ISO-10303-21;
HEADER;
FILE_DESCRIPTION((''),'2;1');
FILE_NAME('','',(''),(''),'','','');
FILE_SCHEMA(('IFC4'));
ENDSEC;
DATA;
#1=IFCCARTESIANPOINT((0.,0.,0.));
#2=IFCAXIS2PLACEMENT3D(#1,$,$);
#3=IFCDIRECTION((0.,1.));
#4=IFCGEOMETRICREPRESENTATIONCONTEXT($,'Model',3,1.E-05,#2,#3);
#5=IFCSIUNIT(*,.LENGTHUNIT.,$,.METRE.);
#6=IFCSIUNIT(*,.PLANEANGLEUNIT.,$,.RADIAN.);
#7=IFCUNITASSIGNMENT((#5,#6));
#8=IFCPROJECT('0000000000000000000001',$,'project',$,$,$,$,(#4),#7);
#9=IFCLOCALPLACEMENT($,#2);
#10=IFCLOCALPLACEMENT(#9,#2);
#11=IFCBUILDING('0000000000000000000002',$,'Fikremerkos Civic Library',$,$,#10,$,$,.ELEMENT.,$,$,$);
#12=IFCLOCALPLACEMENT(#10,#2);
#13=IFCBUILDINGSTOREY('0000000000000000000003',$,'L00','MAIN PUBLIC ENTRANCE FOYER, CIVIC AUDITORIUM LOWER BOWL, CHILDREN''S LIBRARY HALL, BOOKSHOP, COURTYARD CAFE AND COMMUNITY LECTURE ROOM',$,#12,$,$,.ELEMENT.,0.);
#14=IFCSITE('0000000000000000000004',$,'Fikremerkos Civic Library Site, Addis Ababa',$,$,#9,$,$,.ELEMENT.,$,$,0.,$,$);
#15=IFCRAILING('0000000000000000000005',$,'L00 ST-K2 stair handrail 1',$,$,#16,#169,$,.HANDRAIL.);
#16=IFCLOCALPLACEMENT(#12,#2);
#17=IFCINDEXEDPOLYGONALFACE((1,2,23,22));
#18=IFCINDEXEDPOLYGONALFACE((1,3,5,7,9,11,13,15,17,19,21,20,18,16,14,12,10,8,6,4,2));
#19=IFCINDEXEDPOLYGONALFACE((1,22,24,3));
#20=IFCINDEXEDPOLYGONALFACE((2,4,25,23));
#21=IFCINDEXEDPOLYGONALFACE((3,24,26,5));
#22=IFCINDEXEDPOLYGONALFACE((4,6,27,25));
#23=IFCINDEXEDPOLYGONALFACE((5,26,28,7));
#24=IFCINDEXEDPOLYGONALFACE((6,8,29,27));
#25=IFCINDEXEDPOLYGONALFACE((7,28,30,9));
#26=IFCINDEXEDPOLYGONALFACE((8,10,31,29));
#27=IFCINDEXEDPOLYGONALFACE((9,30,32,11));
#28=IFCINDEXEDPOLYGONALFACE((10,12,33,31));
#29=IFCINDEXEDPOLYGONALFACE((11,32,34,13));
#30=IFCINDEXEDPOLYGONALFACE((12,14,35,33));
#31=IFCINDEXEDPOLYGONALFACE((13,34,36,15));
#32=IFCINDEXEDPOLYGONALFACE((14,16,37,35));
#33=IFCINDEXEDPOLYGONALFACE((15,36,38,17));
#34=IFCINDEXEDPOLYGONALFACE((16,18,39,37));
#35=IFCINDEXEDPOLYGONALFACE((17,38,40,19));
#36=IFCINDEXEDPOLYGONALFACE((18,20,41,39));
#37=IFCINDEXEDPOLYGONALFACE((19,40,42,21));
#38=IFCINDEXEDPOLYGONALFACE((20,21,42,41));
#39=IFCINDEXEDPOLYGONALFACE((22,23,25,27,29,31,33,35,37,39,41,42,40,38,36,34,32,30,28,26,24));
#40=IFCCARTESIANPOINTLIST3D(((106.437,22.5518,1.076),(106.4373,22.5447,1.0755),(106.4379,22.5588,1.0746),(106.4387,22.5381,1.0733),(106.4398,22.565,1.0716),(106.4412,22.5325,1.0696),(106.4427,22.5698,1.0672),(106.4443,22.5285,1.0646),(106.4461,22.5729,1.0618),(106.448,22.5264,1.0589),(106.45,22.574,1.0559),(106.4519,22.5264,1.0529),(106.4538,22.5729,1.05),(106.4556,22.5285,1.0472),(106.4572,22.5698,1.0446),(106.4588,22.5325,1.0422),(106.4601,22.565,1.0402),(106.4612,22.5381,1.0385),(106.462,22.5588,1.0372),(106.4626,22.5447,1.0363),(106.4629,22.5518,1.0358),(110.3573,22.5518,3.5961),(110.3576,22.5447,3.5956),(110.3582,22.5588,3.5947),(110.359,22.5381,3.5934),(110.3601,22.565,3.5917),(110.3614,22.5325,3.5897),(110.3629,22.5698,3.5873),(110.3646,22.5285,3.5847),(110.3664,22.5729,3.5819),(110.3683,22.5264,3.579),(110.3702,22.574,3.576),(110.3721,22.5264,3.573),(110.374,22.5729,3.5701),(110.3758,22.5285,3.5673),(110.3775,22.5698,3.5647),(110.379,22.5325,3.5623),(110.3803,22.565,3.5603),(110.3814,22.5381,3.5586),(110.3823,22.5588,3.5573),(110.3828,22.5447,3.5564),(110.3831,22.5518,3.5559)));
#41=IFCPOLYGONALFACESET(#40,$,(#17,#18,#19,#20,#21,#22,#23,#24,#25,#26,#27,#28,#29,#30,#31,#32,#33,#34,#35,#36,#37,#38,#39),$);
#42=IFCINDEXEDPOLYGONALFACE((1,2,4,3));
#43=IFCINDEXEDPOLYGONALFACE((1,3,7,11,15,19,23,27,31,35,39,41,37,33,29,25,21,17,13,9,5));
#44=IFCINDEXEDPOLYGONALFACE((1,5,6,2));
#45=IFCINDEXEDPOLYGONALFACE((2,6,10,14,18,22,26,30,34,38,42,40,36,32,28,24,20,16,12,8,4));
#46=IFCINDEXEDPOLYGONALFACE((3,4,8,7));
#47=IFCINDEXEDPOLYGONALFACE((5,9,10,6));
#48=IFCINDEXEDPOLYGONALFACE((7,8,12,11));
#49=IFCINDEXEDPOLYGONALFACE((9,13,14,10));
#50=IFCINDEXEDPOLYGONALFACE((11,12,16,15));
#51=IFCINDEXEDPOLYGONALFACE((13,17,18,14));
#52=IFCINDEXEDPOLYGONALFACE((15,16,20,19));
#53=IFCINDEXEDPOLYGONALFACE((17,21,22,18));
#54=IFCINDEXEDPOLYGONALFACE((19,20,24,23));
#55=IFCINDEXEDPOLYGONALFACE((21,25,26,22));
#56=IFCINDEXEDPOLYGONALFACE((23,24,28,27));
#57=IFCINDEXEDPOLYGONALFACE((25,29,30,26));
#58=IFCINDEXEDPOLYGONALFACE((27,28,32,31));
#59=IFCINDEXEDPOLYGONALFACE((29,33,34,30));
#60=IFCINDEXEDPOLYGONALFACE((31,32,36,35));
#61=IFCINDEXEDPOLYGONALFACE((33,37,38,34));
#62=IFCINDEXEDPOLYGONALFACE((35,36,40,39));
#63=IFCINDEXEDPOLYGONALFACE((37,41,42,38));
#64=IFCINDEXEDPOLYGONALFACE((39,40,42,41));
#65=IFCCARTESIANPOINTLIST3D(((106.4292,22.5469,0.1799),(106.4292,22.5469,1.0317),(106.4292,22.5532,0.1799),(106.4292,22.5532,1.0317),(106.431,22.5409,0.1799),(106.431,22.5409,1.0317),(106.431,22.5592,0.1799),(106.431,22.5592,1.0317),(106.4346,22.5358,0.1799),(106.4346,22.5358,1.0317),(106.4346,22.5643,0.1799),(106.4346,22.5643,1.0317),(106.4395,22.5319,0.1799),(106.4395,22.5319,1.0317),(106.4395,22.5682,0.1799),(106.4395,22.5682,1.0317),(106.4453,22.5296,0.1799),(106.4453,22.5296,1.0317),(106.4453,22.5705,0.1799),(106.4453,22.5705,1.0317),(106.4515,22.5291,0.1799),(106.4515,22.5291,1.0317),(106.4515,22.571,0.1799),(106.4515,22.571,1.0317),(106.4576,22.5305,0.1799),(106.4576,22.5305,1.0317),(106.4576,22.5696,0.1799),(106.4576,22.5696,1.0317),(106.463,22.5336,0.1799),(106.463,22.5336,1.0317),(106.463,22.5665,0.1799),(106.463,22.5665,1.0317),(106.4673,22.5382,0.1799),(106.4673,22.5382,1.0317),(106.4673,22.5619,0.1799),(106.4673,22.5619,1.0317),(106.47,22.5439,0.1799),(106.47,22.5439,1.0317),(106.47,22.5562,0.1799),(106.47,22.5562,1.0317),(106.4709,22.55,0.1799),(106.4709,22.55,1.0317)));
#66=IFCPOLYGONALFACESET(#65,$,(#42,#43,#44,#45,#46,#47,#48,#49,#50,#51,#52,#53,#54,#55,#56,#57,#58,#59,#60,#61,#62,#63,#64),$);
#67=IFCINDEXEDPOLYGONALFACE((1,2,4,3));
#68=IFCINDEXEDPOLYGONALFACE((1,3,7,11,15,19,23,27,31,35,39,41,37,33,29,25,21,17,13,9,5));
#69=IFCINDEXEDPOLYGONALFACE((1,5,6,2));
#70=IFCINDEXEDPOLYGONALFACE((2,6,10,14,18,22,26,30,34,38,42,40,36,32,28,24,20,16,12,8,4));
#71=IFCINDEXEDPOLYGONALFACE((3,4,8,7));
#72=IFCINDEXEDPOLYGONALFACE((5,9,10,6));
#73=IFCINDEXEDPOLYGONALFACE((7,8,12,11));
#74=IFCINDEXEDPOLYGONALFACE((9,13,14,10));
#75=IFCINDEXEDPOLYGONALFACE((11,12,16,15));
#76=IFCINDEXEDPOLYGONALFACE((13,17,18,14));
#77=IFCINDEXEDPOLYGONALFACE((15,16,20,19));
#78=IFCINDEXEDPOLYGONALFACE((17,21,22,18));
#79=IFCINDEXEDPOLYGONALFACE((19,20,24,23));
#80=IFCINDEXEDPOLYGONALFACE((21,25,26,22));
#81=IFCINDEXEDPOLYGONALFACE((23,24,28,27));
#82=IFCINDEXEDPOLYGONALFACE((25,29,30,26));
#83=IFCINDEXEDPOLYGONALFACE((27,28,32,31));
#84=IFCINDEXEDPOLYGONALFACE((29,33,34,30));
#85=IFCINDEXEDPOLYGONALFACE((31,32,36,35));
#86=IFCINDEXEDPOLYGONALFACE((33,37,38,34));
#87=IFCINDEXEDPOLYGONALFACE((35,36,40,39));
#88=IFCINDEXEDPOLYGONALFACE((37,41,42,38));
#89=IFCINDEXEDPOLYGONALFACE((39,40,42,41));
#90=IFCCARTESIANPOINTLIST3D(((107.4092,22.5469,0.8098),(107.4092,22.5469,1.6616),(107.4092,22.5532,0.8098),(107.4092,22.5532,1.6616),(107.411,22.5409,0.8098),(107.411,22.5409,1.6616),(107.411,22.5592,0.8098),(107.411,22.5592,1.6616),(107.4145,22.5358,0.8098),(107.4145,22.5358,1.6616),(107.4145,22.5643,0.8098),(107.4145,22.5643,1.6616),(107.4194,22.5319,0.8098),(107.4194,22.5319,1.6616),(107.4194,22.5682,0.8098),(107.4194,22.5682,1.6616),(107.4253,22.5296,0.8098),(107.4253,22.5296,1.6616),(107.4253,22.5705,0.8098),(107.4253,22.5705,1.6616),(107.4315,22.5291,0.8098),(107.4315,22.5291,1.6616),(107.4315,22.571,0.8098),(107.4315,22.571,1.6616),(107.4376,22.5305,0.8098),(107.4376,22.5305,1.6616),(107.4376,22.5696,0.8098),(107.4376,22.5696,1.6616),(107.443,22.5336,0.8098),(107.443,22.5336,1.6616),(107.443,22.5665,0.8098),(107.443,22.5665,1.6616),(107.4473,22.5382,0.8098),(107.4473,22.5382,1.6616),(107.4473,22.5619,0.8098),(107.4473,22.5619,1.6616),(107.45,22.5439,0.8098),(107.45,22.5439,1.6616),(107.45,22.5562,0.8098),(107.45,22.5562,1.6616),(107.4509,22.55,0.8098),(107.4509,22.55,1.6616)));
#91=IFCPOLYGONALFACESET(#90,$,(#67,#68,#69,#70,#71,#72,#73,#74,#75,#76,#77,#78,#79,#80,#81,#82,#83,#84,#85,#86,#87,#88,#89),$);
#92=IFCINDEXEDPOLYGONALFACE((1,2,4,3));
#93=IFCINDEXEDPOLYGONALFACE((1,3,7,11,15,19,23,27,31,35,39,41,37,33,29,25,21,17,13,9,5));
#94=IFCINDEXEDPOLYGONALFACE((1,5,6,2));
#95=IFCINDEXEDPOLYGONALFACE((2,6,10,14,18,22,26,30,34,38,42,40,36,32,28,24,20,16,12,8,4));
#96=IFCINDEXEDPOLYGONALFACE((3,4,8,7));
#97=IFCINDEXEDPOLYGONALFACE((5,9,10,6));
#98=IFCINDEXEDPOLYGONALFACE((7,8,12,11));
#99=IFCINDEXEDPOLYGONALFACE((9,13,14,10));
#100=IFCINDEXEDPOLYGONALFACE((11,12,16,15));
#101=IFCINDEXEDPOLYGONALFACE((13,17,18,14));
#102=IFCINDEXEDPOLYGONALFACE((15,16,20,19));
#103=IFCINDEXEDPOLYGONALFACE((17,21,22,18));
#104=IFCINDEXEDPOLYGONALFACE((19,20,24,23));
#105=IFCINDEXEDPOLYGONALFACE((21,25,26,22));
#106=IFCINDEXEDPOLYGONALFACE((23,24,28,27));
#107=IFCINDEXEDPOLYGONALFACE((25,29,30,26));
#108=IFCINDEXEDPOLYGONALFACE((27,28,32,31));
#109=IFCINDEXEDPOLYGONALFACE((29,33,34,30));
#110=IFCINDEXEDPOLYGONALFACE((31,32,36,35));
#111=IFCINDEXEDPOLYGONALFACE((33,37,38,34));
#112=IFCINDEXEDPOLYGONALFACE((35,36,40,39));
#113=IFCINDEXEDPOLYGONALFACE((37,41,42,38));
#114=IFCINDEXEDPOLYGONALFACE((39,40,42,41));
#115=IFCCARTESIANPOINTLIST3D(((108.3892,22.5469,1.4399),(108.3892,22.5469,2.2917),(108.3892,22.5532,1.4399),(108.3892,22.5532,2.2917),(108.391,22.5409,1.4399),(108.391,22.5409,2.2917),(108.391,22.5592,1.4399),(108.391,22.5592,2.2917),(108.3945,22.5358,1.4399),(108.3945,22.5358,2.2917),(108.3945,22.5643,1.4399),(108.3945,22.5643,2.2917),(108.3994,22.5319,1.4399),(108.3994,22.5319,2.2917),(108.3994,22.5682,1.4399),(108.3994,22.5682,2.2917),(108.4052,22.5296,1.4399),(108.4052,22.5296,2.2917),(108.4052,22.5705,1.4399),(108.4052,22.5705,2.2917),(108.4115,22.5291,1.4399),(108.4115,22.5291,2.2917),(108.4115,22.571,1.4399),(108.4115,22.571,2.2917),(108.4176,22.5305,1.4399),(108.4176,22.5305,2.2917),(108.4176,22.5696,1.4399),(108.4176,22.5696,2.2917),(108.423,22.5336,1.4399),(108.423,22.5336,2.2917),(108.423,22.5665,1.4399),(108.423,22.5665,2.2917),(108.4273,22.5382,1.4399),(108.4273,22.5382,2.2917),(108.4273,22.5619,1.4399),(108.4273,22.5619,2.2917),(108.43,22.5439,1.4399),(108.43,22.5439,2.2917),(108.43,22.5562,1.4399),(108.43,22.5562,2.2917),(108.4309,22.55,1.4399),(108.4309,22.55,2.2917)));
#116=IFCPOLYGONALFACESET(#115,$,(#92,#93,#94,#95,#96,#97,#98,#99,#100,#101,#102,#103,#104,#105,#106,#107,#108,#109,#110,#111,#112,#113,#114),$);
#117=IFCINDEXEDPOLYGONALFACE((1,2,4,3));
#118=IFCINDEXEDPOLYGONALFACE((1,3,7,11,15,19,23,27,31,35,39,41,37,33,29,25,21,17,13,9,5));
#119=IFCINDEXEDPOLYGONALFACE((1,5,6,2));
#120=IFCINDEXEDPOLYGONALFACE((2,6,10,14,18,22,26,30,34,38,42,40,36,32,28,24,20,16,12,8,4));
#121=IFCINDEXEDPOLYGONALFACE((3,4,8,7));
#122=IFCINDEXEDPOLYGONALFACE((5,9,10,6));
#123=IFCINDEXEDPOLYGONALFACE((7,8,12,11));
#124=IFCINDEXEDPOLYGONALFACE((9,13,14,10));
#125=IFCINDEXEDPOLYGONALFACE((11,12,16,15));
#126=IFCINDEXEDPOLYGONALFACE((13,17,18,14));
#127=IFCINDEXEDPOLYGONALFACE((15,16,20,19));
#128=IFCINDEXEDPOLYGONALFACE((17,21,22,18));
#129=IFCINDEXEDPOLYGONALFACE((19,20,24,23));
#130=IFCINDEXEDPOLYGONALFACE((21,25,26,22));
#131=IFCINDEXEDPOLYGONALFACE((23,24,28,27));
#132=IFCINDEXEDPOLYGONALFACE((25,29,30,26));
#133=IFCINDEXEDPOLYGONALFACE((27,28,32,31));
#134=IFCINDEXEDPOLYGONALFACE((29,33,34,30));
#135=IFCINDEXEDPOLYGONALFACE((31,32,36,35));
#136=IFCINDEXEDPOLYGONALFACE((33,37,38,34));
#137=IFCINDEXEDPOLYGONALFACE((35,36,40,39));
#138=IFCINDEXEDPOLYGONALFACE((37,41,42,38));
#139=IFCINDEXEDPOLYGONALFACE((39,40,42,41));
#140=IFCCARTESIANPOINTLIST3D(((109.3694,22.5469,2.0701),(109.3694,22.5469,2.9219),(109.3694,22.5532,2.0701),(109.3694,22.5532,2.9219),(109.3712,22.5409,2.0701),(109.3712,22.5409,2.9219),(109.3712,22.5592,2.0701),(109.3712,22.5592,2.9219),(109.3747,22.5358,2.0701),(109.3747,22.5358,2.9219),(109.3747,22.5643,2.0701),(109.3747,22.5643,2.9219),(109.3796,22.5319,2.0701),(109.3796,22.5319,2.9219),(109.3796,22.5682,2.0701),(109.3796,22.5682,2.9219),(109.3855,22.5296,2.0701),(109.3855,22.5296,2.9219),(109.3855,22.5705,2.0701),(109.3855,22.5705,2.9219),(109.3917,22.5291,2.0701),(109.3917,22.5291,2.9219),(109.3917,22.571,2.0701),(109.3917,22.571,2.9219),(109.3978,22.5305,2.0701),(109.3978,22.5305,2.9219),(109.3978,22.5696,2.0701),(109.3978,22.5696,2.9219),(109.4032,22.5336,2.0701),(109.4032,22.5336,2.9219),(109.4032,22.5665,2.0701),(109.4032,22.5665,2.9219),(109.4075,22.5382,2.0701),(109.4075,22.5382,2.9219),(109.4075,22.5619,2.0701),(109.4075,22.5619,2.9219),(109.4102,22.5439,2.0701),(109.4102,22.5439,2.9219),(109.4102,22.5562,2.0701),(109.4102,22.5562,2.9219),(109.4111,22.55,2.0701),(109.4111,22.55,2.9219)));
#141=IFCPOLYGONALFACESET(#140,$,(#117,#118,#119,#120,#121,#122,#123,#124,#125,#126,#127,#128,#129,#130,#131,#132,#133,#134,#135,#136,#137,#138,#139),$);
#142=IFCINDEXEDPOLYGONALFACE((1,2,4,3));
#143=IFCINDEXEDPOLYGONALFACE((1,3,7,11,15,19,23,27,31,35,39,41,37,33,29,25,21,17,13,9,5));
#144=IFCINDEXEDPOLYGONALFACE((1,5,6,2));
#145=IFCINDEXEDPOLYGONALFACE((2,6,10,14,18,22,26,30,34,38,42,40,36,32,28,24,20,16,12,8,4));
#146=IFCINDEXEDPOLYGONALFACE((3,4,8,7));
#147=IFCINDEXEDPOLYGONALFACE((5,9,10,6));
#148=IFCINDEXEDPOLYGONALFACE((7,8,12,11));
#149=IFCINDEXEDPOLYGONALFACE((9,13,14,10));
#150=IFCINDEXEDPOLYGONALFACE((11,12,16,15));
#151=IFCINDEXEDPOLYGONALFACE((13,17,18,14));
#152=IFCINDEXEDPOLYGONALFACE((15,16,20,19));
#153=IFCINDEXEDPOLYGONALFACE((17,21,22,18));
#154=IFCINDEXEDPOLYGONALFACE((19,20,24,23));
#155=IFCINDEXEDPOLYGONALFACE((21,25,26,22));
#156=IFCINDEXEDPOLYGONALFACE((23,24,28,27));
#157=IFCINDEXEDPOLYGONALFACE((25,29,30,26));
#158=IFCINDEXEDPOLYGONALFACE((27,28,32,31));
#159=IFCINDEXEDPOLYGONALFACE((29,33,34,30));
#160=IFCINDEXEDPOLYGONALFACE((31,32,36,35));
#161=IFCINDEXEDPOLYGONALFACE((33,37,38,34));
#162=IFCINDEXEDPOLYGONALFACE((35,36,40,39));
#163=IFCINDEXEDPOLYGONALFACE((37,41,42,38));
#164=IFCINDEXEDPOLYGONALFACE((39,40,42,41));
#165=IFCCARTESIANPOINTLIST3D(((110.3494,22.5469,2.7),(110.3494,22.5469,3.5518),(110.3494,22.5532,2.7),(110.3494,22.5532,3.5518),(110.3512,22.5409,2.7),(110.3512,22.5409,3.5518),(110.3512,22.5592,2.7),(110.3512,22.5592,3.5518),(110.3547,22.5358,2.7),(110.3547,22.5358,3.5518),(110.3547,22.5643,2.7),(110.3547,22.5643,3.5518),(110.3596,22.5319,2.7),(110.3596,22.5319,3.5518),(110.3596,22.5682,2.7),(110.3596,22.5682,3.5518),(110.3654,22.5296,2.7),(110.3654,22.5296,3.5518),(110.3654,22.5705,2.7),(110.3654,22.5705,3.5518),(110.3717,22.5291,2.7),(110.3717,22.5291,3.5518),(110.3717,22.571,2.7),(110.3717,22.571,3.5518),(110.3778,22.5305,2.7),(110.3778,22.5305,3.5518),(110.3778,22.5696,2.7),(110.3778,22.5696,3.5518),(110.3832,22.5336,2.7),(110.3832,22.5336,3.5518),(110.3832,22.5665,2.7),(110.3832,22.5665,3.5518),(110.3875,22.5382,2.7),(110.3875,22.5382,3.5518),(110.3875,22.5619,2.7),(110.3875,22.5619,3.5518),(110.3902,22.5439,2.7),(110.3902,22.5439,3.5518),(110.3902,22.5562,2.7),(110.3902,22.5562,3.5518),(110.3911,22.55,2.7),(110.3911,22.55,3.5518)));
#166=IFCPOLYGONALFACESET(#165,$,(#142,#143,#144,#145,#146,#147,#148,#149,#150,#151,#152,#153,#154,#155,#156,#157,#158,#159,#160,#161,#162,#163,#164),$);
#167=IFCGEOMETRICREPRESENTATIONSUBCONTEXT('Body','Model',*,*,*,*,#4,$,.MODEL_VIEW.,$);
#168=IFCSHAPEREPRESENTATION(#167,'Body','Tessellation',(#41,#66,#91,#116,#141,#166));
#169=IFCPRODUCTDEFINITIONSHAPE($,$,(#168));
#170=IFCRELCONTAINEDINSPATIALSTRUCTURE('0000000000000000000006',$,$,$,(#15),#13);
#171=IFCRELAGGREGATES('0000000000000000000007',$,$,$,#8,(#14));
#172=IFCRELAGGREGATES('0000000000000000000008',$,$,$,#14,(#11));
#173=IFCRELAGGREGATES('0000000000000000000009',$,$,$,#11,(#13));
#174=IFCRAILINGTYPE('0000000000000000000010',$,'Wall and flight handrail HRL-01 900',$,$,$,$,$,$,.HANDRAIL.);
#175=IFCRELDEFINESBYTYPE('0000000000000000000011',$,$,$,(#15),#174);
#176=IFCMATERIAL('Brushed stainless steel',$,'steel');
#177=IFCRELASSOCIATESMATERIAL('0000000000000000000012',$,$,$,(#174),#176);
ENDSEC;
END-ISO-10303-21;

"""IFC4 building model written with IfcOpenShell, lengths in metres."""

from ifc_helpers import new_model, si_unit, direction, frame, origin, origin_2d, place, context, subcontext, project, spatial, circle, extrude, material, type_object, element, save


model = new_model("IFC4")

# Units and contexts
model_context = context("Model", 3, precision=1e-05, world=origin(), true_north=direction((0.0, 1.0)))
body_context = subcontext(model_context, "Body", "Model", "MODEL_VIEW")
ifc_project = project(units=[si_unit("LENGTHUNIT", "METRE"), si_unit("PLANEANGLEUNIT", "RADIAN")], contexts=[model_context])

# Site, building, storey
site_placement = place(None, origin())
site = spatial("IfcSite", under=ifc_project, at=site_placement, Name="Fikremerkos Civic Library Site, Addis Ababa", CompositionType="ELEMENT", RefElevation=0.0)
building_placement = place(site_placement, origin())
building = spatial("IfcBuilding", under=site, at=building_placement, Name="Fikremerkos Civic Library", CompositionType="ELEMENT")
storey_placement = place(building_placement, origin())
storey = spatial("IfcBuildingStorey", under=building, at=storey_placement, Name="L00", Description="MAIN PUBLIC ENTRANCE FOYER, CIVIC AUDITORIUM LOWER BOWL, CHILDREN'S LIBRARY HALL, BOOKSHOP, COURTYARD CAFE AND COMMUNITY LECTURE ROOM", CompositionType="ELEMENT", Elevation=0.0)

# Shared definitions
ifc_material_1 = material(Name="Brushed stainless steel", Category="steel")

# Railing
railing_type_1 = type_object("IfcRailingType", Name="Wall and flight handrail HRL-01 900", PredefinedType="HANDRAIL", material=ifc_material_1)
railing_1_placement = place(storey_placement, frame((106.45, 22.55, 0.1799)))
element("IfcRailing", 1, at=railing_1_placement, inside=storey, type_object=railing_type_1, Name="L00 ST-K2 stair handrail 1", PredefinedType="HANDRAIL", context=body_context, shape_type="SweptSolid", body=[
    extrude(circle(Radius=0.0239, at=origin_2d()), frame((0.0, 0.0, 0.876), z_axis=(0.841187, 0.0, 0.540744), x_axis=(0.0, 1.0, 0.0)), (0.0, 0.0, 1.0), 4.6604),
    extrude(circle(Radius=0.021, at=origin_2d()), origin(), (0.0, 0.0, 1.0), 0.8518),
    extrude(circle(Radius=0.021, at=origin_2d()), frame((0.98, 0.0, 0.6299)), (0.0, 0.0, 1.0), 0.8518),
    extrude(circle(Radius=0.021, at=origin_2d()), frame((1.96, 0.0, 1.26)), (0.0, 0.0, 1.0), 0.8518),
    extrude(circle(Radius=0.021, at=origin_2d()), frame((2.9402, 0.0, 1.8901)), (0.0, 0.0, 1.0), 0.8518),
    extrude(circle(Radius=0.021, at=origin_2d()), frame((3.9202, 0.0, 2.52)), (0.0, 0.0, 1.0), 0.8518),
])

save(model, "model.ifc")
